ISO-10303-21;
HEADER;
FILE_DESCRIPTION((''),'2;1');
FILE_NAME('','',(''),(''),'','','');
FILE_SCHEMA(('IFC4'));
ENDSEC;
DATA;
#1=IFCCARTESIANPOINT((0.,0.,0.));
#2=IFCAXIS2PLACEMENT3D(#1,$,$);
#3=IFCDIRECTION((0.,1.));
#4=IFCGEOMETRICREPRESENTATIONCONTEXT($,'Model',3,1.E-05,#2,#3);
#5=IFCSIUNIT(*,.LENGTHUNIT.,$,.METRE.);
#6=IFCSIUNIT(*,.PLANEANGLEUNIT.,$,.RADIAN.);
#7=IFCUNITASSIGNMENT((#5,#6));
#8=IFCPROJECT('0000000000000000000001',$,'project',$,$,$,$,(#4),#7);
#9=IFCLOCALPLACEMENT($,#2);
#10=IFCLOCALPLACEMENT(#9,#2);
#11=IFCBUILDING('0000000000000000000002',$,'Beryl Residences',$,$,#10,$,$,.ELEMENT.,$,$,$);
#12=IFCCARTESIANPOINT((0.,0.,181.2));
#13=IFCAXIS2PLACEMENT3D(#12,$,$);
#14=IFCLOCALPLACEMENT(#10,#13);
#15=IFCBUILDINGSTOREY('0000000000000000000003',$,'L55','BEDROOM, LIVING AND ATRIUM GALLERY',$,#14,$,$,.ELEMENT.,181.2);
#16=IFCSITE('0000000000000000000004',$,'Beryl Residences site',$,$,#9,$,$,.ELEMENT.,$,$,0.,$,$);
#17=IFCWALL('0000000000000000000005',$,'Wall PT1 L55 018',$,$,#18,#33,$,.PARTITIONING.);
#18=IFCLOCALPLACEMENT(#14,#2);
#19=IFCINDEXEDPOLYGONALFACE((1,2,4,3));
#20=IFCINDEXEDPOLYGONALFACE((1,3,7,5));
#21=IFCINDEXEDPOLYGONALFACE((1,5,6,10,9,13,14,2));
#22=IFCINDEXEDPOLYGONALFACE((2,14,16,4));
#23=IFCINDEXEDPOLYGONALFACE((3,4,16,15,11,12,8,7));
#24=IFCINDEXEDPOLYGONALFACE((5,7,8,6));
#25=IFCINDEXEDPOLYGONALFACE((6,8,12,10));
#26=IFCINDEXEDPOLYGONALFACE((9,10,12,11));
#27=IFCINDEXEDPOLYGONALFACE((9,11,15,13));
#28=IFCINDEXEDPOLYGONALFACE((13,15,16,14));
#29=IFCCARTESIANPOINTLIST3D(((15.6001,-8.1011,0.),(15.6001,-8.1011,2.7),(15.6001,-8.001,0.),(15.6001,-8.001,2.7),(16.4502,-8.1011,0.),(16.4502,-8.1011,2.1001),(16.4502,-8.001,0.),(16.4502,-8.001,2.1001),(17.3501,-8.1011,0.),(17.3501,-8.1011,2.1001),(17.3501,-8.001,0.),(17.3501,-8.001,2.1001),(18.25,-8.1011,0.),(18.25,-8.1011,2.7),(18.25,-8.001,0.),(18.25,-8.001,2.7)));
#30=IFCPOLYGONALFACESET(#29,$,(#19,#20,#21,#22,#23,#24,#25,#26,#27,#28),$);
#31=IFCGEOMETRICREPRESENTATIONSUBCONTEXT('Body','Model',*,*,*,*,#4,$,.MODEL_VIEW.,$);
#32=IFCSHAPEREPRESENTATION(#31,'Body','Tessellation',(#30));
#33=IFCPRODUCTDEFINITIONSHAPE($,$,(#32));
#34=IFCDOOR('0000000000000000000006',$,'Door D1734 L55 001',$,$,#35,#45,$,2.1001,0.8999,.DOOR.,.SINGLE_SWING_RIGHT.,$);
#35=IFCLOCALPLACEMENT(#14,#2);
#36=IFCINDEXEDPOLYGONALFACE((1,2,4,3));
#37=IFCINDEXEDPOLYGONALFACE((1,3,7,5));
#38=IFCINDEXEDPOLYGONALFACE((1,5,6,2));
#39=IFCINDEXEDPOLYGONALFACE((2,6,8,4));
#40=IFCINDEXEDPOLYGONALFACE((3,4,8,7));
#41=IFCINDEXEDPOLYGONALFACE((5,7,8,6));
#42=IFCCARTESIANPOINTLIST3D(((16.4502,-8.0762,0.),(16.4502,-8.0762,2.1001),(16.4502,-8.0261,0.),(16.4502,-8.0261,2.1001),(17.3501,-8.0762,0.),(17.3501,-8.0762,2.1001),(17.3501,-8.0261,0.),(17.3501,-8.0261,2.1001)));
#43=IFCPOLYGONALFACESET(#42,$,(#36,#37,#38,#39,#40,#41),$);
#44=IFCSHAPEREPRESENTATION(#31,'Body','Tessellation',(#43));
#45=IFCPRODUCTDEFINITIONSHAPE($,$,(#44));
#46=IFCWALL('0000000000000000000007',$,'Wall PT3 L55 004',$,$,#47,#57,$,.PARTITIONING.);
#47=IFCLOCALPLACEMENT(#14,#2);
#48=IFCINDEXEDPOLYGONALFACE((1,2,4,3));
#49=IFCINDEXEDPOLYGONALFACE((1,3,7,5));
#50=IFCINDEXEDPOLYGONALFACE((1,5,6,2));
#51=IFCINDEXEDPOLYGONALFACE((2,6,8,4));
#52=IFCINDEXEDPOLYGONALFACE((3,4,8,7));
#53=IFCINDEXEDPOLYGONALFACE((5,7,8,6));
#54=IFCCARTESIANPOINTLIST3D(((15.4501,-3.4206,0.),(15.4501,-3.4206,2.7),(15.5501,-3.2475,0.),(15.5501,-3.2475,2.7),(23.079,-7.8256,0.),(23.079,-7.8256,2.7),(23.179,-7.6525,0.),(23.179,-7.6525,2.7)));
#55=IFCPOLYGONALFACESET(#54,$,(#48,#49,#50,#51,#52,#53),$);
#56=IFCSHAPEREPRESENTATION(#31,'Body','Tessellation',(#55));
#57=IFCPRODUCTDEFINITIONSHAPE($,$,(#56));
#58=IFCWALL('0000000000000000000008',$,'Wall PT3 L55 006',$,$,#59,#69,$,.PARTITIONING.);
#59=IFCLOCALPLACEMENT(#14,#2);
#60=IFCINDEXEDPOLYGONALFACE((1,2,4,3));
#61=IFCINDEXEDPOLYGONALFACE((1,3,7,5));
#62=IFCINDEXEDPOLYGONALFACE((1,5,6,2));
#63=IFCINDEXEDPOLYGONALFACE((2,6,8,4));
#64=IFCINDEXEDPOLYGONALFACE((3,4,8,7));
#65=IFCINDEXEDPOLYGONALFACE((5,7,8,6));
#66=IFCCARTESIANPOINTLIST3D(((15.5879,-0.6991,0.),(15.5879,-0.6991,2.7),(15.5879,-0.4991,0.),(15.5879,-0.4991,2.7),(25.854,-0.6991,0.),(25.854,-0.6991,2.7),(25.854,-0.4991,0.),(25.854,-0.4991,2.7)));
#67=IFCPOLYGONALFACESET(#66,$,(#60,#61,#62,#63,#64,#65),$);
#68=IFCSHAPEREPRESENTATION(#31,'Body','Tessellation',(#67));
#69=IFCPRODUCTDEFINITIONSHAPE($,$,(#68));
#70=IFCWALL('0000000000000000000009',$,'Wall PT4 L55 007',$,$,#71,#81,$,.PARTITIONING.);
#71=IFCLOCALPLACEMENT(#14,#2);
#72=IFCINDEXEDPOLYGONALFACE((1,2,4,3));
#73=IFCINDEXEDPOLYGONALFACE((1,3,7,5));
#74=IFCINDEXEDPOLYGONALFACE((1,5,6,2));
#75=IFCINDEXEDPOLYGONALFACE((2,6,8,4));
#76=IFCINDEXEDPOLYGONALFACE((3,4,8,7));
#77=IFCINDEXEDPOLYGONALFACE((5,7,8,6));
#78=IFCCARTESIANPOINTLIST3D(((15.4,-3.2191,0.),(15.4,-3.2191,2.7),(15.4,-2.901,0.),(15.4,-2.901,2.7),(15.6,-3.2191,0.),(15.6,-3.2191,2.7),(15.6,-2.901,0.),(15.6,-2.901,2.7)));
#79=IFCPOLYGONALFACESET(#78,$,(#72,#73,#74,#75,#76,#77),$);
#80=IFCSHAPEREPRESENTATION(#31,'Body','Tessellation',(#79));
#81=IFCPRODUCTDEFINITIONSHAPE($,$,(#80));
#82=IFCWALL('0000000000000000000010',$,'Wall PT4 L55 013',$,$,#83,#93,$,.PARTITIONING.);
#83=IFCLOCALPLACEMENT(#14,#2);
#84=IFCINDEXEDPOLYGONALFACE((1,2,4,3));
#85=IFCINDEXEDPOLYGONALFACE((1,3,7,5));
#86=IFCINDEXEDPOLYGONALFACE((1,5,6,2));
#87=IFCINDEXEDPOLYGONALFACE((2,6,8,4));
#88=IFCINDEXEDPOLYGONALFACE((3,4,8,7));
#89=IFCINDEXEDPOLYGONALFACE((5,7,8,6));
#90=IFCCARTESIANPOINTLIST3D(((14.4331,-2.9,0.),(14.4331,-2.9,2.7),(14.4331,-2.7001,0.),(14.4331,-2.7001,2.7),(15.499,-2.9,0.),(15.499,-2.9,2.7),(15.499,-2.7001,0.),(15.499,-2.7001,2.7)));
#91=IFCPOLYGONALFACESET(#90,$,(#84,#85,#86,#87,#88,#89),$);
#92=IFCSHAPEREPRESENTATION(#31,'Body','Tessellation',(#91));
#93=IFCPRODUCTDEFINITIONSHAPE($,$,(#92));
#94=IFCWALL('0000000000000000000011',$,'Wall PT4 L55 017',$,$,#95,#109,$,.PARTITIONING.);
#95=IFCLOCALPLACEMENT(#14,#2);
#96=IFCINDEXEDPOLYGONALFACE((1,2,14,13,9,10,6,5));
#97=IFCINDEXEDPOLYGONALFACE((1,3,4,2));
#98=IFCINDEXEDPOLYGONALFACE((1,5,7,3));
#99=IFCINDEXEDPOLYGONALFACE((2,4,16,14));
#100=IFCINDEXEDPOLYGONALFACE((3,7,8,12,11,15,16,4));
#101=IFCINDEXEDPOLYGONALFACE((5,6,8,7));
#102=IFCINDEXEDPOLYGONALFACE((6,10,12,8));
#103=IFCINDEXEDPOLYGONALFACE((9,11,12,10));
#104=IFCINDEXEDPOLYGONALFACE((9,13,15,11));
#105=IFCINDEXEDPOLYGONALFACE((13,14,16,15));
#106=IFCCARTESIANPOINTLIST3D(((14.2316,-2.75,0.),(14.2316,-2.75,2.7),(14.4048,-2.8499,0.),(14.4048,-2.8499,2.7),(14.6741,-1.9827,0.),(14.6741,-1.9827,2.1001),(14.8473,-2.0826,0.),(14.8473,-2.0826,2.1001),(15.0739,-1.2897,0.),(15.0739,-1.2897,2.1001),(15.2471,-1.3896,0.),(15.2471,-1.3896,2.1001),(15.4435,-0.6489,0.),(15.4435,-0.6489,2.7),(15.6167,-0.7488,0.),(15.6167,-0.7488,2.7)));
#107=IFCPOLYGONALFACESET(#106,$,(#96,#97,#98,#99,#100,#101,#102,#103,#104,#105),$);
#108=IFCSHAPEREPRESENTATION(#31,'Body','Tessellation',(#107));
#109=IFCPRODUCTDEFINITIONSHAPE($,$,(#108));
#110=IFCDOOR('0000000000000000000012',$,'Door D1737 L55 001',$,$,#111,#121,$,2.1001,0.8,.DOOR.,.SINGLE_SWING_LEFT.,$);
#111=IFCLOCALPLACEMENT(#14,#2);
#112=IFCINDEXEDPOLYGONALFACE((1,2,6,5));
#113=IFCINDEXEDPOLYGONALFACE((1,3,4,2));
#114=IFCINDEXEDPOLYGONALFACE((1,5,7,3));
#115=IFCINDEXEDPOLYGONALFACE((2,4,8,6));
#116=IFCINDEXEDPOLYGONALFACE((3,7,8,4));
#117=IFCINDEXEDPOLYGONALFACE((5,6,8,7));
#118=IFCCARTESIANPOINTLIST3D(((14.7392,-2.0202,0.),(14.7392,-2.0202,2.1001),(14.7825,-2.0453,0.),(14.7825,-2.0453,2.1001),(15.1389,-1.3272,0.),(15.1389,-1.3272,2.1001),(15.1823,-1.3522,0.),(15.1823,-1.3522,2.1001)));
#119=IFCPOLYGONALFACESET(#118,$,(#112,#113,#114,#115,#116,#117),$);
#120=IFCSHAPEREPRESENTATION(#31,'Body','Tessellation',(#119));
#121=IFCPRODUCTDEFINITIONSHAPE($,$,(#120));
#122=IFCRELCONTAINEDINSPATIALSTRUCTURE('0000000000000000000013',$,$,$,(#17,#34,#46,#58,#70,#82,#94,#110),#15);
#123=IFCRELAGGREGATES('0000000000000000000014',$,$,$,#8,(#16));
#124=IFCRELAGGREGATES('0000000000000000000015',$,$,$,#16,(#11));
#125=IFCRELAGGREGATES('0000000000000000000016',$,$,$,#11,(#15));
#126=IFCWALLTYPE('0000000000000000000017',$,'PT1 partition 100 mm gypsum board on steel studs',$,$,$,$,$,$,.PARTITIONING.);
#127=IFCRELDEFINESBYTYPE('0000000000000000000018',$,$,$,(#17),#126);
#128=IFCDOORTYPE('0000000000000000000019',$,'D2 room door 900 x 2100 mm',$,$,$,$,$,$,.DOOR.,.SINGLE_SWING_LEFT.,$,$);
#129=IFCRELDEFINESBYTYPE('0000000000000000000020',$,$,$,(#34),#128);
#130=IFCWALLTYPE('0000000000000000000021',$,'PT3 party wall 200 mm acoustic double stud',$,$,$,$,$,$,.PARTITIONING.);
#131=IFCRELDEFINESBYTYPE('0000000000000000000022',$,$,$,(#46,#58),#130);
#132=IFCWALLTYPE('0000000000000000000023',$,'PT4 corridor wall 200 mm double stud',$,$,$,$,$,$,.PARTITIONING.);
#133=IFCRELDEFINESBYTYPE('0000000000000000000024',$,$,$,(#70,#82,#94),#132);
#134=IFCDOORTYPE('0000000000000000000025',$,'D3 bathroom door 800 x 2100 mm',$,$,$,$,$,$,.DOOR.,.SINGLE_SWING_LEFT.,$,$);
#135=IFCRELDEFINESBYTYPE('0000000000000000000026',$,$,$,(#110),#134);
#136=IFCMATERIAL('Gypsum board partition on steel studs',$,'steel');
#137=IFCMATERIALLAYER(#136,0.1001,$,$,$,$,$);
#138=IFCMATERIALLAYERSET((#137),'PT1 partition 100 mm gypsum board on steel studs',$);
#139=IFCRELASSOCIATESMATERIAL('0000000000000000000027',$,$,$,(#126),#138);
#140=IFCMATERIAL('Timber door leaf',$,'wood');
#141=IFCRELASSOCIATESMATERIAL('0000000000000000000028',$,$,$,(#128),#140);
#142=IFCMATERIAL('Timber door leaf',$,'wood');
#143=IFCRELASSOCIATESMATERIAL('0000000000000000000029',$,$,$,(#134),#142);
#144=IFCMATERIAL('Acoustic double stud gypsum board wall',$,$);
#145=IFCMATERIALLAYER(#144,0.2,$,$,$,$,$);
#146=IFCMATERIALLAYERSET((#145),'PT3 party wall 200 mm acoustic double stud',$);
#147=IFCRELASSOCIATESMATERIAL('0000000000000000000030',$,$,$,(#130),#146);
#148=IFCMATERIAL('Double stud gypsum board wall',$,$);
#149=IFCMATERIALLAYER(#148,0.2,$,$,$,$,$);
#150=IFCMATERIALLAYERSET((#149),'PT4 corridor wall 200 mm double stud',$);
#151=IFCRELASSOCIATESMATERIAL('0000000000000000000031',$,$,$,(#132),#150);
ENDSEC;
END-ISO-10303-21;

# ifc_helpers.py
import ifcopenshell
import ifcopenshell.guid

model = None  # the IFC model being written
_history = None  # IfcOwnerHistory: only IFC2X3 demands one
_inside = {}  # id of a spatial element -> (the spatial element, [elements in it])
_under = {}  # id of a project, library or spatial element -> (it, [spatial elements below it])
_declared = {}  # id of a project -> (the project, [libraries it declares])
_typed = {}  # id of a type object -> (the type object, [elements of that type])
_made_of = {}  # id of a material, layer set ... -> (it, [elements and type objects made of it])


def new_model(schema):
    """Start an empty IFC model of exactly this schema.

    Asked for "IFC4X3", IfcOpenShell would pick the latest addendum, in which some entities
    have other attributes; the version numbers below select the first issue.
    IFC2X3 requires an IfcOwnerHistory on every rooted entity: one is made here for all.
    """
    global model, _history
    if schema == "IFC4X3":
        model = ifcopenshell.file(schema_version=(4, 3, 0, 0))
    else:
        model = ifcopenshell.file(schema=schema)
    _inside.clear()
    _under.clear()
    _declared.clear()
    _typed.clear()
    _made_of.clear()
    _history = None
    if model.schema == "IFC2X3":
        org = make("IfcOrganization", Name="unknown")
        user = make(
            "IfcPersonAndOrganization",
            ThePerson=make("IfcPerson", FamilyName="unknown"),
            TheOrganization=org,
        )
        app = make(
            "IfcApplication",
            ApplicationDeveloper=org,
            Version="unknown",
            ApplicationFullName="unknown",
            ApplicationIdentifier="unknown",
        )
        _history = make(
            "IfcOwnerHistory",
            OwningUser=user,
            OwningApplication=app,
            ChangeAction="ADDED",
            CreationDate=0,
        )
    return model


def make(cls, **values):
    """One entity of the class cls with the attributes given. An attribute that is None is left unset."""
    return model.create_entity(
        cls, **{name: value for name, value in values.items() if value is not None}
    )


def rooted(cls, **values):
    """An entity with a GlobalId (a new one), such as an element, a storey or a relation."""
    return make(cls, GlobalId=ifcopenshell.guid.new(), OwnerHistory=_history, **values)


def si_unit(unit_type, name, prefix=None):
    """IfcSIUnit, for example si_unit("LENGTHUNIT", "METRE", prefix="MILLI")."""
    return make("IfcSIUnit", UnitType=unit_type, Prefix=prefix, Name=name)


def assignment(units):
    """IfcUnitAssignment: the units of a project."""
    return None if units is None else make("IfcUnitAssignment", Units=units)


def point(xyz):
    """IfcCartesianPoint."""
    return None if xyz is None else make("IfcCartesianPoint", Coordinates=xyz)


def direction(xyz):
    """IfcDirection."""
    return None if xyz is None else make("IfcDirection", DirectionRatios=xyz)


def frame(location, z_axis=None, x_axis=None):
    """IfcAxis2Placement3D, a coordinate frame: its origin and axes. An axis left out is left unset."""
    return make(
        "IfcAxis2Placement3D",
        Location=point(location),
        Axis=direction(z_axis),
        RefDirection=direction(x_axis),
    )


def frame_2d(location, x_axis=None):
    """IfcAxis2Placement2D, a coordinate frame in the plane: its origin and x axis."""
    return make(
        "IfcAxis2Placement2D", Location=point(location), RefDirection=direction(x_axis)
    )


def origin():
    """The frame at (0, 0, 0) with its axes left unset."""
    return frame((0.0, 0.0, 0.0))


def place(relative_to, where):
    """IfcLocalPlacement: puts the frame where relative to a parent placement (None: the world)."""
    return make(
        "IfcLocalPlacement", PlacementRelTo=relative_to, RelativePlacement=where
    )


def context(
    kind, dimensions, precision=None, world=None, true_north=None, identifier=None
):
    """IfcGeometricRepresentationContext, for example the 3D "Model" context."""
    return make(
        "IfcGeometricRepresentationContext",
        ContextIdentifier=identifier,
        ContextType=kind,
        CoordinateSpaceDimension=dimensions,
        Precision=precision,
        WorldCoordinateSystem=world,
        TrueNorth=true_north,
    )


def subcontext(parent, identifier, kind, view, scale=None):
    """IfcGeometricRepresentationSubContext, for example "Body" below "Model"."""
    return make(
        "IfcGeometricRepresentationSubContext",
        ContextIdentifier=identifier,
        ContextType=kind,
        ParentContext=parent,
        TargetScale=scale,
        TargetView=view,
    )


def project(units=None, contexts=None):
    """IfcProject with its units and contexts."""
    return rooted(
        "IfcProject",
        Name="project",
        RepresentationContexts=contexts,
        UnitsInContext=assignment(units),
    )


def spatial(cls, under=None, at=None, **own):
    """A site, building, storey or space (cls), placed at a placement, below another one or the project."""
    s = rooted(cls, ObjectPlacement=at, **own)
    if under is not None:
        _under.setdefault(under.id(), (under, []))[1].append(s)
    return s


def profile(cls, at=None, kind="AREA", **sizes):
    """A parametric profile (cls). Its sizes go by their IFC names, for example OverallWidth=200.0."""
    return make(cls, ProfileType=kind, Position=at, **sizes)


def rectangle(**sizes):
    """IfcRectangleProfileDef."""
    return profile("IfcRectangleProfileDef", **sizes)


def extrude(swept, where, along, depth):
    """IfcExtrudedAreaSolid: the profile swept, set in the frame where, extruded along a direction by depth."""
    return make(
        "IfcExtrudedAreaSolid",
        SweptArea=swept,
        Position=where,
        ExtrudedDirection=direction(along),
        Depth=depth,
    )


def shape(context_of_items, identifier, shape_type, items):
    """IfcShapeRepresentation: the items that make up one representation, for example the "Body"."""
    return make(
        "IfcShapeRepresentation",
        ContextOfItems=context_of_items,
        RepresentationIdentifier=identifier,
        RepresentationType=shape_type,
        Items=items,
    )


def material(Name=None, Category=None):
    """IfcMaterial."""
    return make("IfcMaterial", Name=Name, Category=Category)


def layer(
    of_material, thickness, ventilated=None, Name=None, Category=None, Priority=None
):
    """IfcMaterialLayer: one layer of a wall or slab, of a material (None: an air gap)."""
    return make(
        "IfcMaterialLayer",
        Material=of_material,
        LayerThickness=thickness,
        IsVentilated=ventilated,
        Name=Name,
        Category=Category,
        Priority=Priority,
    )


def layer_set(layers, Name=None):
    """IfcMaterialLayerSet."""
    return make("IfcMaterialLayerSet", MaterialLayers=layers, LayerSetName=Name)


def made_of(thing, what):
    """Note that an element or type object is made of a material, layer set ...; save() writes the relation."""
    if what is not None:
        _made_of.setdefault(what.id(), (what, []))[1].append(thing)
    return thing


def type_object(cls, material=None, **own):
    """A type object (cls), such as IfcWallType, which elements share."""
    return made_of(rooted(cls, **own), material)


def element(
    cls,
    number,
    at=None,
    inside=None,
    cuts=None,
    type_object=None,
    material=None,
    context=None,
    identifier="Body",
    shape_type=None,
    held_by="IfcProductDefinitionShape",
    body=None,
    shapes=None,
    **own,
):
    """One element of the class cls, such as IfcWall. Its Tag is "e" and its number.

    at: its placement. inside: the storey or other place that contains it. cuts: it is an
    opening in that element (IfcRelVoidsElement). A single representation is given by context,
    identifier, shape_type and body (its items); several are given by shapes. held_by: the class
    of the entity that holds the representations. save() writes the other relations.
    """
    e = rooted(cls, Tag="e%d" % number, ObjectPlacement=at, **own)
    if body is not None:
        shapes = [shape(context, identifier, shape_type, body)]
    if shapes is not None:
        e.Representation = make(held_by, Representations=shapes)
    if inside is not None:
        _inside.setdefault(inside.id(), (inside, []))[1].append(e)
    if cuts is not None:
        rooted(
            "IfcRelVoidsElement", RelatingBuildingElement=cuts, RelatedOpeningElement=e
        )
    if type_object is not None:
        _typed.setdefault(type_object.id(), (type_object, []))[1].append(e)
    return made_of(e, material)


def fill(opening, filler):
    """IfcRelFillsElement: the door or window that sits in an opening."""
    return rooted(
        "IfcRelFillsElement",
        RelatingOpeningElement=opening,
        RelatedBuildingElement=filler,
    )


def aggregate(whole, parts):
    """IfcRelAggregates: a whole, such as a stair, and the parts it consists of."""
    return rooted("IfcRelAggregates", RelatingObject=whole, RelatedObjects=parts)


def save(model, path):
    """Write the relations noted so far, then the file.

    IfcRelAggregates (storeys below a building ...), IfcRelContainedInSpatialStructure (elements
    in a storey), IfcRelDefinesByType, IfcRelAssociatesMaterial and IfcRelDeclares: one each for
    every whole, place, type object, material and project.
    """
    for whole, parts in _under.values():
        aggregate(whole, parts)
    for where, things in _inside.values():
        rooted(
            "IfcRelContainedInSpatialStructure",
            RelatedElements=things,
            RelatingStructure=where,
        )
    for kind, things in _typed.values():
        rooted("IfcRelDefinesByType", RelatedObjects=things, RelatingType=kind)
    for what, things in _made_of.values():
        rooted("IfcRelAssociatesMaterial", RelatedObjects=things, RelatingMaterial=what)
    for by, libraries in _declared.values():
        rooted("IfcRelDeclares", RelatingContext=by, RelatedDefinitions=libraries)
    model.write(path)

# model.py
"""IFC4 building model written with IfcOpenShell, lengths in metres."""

from ifc_helpers import new_model, si_unit, direction, frame, frame_2d, origin, place, context, subcontext, project, spatial, rectangle, extrude, material, layer, layer_set, type_object, element, fill, save


model = new_model("IFC4")

# Units and contexts
model_context = context("Model", 3, precision=1e-05, world=origin(), true_north=direction((0.0, 1.0)))
body_context = subcontext(model_context, "Body", "Model", "MODEL_VIEW")
ifc_project = project(units=[si_unit("LENGTHUNIT", "METRE"), si_unit("PLANEANGLEUNIT", "RADIAN")], contexts=[model_context])

# Site, building, storey
site_placement = place(None, origin())
site = spatial("IfcSite", under=ifc_project, at=site_placement, Name="Beryl Residences site", CompositionType="ELEMENT", RefElevation=0.0)
building_placement = place(site_placement, origin())
building = spatial("IfcBuilding", under=site, at=building_placement, Name="Beryl Residences", CompositionType="ELEMENT")
storey_placement = place(building_placement, frame((0.0, 0.0, 181.2)))
storey = spatial("IfcBuildingStorey", under=building, at=storey_placement, Name="L55", Description="BEDROOM, LIVING AND ATRIUM GALLERY", CompositionType="ELEMENT", Elevation=181.2)

# Wall, opening, door
ifc_material_1 = material(Name="Gypsum board partition on steel studs", Category="steel")
ifc_layer_1 = layer(ifc_material_1, 0.1001)
ifc_layer_set_1 = layer_set([ifc_layer_1], Name="PT1 partition 100 mm gypsum board on steel studs")
wall_type_1 = type_object("IfcWallType", Name="PT1 partition 100 mm gypsum board on steel studs", PredefinedType="PARTITIONING", material=ifc_layer_set_1)
ifc_material_2 = material(Name="Timber door leaf", Category="wood")
door_type_1 = type_object("IfcDoorType", Name="D2 room door 900 x 2100 mm", OperationType="SINGLE_SWING_LEFT", PredefinedType="DOOR", material=ifc_material_2)
ifc_material_3 = material(Name="Timber door leaf", Category="wood")
door_type_2 = type_object("IfcDoorType", Name="D3 bathroom door 800 x 2100 mm", OperationType="SINGLE_SWING_LEFT", PredefinedType="DOOR", material=ifc_material_3)
wall_1_placement = place(storey_placement, frame((15.6001, -8.051, 0.0), z_axis=(0.0, 0.0, 1.0), x_axis=(1.0, 0.0, 0.0)))
wall_1 = element("IfcWall", 1, at=wall_1_placement, inside=storey, type_object=wall_type_1, Name="Wall PT1 L55 018", PredefinedType="PARTITIONING", context=body_context, shape_type="SweptSolid", body=[
    extrude(rectangle(XDim=2.6499, YDim=0.1001, at=frame_2d((1.325, 0.0))), origin(), (0.0, 0.0, 1.0), 2.7),
])
opening_1_placement = place(wall_1_placement, frame((0.8501, 0.0, 0.0)))
opening_1 = element("IfcOpeningElement", 2, at=opening_1_placement, cuts=wall_1, PredefinedType="OPENING", context=body_context, shape_type="SweptSolid", body=[
    extrude(rectangle(XDim=0.8999, YDim=2.1001, at=frame_2d((0.45, 1.05))), frame((0.0, 0.0601, 0.0), z_axis=(0.0, -1.0, 0.0), x_axis=(1.0, 0.0, 0.0)), (0.0, 0.0, 1.0), 0.1201),
])
door_1_placement = place(opening_1_placement, origin())
door_1 = element("IfcDoor", 3, at=door_1_placement, inside=storey, type_object=door_type_1, Name="Door D1734 L55 001", OperationType="SINGLE_SWING_RIGHT", OverallHeight=2.1001, OverallWidth=0.8999, PredefinedType="DOOR", context=body_context, shape_type="SweptSolid", body=[
    extrude(rectangle(XDim=0.8999, YDim=2.1001, at=frame_2d((0.45, 1.05))), frame((0.0, 0.0249, 0.0), z_axis=(0.0, -1.0, 0.0), x_axis=(1.0, 0.0, 0.0)), (0.0, 0.0, 1.0), 0.05),
])
fill(opening_1, door_1)

# Walls
ifc_material_4 = material(Name="Acoustic double stud gypsum board wall")
ifc_layer_2 = layer(ifc_material_4, 0.2)
ifc_layer_set_2 = layer_set([ifc_layer_2], Name="PT3 party wall 200 mm acoustic double stud")
wall_type_2 = type_object("IfcWallType", Name="PT3 party wall 200 mm acoustic double stud", PredefinedType="PARTITIONING", material=ifc_layer_set_2)
wall_2_placement = place(storey_placement, frame((15.5, -3.334, 0.0), z_axis=(0.0, 0.0, 1.0), x_axis=(0.866002, -0.500041, 0.0)))
element("IfcWall", 4, at=wall_2_placement, inside=storey, type_object=wall_type_2, Name="Wall PT3 L55 004", PredefinedType="PARTITIONING", context=body_context, shape_type="SweptSolid", body=[
    extrude(rectangle(XDim=8.8093, YDim=0.2, at=frame_2d((4.4048, 0.0))), origin(), (0.0, 0.0, 1.0), 2.7),
])
wall_3_placement = place(storey_placement, frame((15.5879, -0.5991, 0.0), z_axis=(0.0, 0.0, 1.0), x_axis=(1.0, 0.0, 0.0)))
element("IfcWall", 5, at=wall_3_placement, inside=storey, type_object=wall_type_2, Name="Wall PT3 L55 006", PredefinedType="PARTITIONING", context=body_context, shape_type="SweptSolid", body=[
    extrude(rectangle(XDim=10.2661, YDim=0.2, at=frame_2d((5.1331, 0.0))), origin(), (0.0, 0.0, 1.0), 2.7),
])
ifc_material_5 = material(Name="Double stud gypsum board wall")
ifc_layer_3 = layer(ifc_material_5, 0.2)
ifc_layer_set_3 = layer_set([ifc_layer_3], Name="PT4 corridor wall 200 mm double stud")
wall_type_3 = type_object("IfcWallType", Name="PT4 corridor wall 200 mm double stud", PredefinedType="PARTITIONING", material=ifc_layer_set_3)
wall_4_placement = place(storey_placement, frame((15.5, -2.9009, 0.0), z_axis=(0.0, 0.0, 1.0), x_axis=(0.0, -1.0, 0.0)))
element("IfcWall", 6, at=wall_4_placement, inside=storey, type_object=wall_type_3, Name="Wall PT4 L55 007", PredefinedType="PARTITIONING", context=body_context, shape_type="SweptSolid", body=[
    extrude(rectangle(XDim=0.3181, YDim=0.2, at=frame_2d((0.1592, 0.0))), origin(), (0.0, 0.0, 1.0), 2.7),
])
wall_5_placement = place(storey_placement, frame((14.4331, -2.8, 0.0), z_axis=(0.0, 0.0, 1.0), x_axis=(1.0, 0.0, 0.0)))
element("IfcWall", 7, at=wall_5_placement, inside=storey, type_object=wall_type_3, Name="Wall PT4 L55 013", PredefinedType="PARTITIONING", context=body_context, shape_type="SweptSolid", body=[
    extrude(rectangle(XDim=1.0659, YDim=0.2, at=frame_2d((0.533, 0.0))), origin(), (0.0, 0.0, 1.0), 2.7),
])

# Wall, opening, door
wall_6_placement = place(storey_placement, frame((14.3181, -2.8, 0.0), z_axis=(0.0, 0.0, 1.0), x_axis=(0.499647, 0.866229, 0.0)))
wall_6 = element("IfcWall", 8, at=wall_6_placement, inside=storey, type_object=wall_type_3, Name="Wall PT4 L55 017", PredefinedType="PARTITIONING", context=body_context, shape_type="SweptSolid", body=[
    extrude(rectangle(XDim=2.4255, YDim=0.2, at=frame_2d((1.2129, 0.0))), origin(), (0.0, 0.0, 1.0), 2.7),
])
opening_2_placement = place(wall_6_placement, frame((0.886, 0.0, 0.0)))
opening_2 = element("IfcOpeningElement", 9, at=opening_2_placement, cuts=wall_6, PredefinedType="OPENING", context=body_context, shape_type="SweptSolid", body=[
    extrude(rectangle(XDim=0.8, YDim=2.1001, at=frame_2d((0.3999, 1.05))), frame((0.0, 0.1099, 0.0), z_axis=(0.0, -1.0, 0.0), x_axis=(1.0, 0.0, 0.0)), (0.0, 0.0, 1.0), 0.22),
])
door_2_placement = place(opening_2_placement, origin())
door_2 = element("IfcDoor", 10, at=door_2_placement, inside=storey, type_object=door_type_2, Name="Door D1737 L55 001", OperationType="SINGLE_SWING_LEFT", OverallHeight=2.1001, OverallWidth=0.8, PredefinedType="DOOR", context=body_context, shape_type="SweptSolid", body=[
    extrude(rectangle(XDim=0.8, YDim=2.1001, at=frame_2d((0.3999, 1.05))), frame((0.0, 0.0249, 0.0), z_axis=(0.0, -1.0, 0.0), x_axis=(1.0, 0.0, 0.0)), (0.0, 0.0, 1.0), 0.05),
])
fill(opening_2, door_2)

save(model, "model.ifc")
